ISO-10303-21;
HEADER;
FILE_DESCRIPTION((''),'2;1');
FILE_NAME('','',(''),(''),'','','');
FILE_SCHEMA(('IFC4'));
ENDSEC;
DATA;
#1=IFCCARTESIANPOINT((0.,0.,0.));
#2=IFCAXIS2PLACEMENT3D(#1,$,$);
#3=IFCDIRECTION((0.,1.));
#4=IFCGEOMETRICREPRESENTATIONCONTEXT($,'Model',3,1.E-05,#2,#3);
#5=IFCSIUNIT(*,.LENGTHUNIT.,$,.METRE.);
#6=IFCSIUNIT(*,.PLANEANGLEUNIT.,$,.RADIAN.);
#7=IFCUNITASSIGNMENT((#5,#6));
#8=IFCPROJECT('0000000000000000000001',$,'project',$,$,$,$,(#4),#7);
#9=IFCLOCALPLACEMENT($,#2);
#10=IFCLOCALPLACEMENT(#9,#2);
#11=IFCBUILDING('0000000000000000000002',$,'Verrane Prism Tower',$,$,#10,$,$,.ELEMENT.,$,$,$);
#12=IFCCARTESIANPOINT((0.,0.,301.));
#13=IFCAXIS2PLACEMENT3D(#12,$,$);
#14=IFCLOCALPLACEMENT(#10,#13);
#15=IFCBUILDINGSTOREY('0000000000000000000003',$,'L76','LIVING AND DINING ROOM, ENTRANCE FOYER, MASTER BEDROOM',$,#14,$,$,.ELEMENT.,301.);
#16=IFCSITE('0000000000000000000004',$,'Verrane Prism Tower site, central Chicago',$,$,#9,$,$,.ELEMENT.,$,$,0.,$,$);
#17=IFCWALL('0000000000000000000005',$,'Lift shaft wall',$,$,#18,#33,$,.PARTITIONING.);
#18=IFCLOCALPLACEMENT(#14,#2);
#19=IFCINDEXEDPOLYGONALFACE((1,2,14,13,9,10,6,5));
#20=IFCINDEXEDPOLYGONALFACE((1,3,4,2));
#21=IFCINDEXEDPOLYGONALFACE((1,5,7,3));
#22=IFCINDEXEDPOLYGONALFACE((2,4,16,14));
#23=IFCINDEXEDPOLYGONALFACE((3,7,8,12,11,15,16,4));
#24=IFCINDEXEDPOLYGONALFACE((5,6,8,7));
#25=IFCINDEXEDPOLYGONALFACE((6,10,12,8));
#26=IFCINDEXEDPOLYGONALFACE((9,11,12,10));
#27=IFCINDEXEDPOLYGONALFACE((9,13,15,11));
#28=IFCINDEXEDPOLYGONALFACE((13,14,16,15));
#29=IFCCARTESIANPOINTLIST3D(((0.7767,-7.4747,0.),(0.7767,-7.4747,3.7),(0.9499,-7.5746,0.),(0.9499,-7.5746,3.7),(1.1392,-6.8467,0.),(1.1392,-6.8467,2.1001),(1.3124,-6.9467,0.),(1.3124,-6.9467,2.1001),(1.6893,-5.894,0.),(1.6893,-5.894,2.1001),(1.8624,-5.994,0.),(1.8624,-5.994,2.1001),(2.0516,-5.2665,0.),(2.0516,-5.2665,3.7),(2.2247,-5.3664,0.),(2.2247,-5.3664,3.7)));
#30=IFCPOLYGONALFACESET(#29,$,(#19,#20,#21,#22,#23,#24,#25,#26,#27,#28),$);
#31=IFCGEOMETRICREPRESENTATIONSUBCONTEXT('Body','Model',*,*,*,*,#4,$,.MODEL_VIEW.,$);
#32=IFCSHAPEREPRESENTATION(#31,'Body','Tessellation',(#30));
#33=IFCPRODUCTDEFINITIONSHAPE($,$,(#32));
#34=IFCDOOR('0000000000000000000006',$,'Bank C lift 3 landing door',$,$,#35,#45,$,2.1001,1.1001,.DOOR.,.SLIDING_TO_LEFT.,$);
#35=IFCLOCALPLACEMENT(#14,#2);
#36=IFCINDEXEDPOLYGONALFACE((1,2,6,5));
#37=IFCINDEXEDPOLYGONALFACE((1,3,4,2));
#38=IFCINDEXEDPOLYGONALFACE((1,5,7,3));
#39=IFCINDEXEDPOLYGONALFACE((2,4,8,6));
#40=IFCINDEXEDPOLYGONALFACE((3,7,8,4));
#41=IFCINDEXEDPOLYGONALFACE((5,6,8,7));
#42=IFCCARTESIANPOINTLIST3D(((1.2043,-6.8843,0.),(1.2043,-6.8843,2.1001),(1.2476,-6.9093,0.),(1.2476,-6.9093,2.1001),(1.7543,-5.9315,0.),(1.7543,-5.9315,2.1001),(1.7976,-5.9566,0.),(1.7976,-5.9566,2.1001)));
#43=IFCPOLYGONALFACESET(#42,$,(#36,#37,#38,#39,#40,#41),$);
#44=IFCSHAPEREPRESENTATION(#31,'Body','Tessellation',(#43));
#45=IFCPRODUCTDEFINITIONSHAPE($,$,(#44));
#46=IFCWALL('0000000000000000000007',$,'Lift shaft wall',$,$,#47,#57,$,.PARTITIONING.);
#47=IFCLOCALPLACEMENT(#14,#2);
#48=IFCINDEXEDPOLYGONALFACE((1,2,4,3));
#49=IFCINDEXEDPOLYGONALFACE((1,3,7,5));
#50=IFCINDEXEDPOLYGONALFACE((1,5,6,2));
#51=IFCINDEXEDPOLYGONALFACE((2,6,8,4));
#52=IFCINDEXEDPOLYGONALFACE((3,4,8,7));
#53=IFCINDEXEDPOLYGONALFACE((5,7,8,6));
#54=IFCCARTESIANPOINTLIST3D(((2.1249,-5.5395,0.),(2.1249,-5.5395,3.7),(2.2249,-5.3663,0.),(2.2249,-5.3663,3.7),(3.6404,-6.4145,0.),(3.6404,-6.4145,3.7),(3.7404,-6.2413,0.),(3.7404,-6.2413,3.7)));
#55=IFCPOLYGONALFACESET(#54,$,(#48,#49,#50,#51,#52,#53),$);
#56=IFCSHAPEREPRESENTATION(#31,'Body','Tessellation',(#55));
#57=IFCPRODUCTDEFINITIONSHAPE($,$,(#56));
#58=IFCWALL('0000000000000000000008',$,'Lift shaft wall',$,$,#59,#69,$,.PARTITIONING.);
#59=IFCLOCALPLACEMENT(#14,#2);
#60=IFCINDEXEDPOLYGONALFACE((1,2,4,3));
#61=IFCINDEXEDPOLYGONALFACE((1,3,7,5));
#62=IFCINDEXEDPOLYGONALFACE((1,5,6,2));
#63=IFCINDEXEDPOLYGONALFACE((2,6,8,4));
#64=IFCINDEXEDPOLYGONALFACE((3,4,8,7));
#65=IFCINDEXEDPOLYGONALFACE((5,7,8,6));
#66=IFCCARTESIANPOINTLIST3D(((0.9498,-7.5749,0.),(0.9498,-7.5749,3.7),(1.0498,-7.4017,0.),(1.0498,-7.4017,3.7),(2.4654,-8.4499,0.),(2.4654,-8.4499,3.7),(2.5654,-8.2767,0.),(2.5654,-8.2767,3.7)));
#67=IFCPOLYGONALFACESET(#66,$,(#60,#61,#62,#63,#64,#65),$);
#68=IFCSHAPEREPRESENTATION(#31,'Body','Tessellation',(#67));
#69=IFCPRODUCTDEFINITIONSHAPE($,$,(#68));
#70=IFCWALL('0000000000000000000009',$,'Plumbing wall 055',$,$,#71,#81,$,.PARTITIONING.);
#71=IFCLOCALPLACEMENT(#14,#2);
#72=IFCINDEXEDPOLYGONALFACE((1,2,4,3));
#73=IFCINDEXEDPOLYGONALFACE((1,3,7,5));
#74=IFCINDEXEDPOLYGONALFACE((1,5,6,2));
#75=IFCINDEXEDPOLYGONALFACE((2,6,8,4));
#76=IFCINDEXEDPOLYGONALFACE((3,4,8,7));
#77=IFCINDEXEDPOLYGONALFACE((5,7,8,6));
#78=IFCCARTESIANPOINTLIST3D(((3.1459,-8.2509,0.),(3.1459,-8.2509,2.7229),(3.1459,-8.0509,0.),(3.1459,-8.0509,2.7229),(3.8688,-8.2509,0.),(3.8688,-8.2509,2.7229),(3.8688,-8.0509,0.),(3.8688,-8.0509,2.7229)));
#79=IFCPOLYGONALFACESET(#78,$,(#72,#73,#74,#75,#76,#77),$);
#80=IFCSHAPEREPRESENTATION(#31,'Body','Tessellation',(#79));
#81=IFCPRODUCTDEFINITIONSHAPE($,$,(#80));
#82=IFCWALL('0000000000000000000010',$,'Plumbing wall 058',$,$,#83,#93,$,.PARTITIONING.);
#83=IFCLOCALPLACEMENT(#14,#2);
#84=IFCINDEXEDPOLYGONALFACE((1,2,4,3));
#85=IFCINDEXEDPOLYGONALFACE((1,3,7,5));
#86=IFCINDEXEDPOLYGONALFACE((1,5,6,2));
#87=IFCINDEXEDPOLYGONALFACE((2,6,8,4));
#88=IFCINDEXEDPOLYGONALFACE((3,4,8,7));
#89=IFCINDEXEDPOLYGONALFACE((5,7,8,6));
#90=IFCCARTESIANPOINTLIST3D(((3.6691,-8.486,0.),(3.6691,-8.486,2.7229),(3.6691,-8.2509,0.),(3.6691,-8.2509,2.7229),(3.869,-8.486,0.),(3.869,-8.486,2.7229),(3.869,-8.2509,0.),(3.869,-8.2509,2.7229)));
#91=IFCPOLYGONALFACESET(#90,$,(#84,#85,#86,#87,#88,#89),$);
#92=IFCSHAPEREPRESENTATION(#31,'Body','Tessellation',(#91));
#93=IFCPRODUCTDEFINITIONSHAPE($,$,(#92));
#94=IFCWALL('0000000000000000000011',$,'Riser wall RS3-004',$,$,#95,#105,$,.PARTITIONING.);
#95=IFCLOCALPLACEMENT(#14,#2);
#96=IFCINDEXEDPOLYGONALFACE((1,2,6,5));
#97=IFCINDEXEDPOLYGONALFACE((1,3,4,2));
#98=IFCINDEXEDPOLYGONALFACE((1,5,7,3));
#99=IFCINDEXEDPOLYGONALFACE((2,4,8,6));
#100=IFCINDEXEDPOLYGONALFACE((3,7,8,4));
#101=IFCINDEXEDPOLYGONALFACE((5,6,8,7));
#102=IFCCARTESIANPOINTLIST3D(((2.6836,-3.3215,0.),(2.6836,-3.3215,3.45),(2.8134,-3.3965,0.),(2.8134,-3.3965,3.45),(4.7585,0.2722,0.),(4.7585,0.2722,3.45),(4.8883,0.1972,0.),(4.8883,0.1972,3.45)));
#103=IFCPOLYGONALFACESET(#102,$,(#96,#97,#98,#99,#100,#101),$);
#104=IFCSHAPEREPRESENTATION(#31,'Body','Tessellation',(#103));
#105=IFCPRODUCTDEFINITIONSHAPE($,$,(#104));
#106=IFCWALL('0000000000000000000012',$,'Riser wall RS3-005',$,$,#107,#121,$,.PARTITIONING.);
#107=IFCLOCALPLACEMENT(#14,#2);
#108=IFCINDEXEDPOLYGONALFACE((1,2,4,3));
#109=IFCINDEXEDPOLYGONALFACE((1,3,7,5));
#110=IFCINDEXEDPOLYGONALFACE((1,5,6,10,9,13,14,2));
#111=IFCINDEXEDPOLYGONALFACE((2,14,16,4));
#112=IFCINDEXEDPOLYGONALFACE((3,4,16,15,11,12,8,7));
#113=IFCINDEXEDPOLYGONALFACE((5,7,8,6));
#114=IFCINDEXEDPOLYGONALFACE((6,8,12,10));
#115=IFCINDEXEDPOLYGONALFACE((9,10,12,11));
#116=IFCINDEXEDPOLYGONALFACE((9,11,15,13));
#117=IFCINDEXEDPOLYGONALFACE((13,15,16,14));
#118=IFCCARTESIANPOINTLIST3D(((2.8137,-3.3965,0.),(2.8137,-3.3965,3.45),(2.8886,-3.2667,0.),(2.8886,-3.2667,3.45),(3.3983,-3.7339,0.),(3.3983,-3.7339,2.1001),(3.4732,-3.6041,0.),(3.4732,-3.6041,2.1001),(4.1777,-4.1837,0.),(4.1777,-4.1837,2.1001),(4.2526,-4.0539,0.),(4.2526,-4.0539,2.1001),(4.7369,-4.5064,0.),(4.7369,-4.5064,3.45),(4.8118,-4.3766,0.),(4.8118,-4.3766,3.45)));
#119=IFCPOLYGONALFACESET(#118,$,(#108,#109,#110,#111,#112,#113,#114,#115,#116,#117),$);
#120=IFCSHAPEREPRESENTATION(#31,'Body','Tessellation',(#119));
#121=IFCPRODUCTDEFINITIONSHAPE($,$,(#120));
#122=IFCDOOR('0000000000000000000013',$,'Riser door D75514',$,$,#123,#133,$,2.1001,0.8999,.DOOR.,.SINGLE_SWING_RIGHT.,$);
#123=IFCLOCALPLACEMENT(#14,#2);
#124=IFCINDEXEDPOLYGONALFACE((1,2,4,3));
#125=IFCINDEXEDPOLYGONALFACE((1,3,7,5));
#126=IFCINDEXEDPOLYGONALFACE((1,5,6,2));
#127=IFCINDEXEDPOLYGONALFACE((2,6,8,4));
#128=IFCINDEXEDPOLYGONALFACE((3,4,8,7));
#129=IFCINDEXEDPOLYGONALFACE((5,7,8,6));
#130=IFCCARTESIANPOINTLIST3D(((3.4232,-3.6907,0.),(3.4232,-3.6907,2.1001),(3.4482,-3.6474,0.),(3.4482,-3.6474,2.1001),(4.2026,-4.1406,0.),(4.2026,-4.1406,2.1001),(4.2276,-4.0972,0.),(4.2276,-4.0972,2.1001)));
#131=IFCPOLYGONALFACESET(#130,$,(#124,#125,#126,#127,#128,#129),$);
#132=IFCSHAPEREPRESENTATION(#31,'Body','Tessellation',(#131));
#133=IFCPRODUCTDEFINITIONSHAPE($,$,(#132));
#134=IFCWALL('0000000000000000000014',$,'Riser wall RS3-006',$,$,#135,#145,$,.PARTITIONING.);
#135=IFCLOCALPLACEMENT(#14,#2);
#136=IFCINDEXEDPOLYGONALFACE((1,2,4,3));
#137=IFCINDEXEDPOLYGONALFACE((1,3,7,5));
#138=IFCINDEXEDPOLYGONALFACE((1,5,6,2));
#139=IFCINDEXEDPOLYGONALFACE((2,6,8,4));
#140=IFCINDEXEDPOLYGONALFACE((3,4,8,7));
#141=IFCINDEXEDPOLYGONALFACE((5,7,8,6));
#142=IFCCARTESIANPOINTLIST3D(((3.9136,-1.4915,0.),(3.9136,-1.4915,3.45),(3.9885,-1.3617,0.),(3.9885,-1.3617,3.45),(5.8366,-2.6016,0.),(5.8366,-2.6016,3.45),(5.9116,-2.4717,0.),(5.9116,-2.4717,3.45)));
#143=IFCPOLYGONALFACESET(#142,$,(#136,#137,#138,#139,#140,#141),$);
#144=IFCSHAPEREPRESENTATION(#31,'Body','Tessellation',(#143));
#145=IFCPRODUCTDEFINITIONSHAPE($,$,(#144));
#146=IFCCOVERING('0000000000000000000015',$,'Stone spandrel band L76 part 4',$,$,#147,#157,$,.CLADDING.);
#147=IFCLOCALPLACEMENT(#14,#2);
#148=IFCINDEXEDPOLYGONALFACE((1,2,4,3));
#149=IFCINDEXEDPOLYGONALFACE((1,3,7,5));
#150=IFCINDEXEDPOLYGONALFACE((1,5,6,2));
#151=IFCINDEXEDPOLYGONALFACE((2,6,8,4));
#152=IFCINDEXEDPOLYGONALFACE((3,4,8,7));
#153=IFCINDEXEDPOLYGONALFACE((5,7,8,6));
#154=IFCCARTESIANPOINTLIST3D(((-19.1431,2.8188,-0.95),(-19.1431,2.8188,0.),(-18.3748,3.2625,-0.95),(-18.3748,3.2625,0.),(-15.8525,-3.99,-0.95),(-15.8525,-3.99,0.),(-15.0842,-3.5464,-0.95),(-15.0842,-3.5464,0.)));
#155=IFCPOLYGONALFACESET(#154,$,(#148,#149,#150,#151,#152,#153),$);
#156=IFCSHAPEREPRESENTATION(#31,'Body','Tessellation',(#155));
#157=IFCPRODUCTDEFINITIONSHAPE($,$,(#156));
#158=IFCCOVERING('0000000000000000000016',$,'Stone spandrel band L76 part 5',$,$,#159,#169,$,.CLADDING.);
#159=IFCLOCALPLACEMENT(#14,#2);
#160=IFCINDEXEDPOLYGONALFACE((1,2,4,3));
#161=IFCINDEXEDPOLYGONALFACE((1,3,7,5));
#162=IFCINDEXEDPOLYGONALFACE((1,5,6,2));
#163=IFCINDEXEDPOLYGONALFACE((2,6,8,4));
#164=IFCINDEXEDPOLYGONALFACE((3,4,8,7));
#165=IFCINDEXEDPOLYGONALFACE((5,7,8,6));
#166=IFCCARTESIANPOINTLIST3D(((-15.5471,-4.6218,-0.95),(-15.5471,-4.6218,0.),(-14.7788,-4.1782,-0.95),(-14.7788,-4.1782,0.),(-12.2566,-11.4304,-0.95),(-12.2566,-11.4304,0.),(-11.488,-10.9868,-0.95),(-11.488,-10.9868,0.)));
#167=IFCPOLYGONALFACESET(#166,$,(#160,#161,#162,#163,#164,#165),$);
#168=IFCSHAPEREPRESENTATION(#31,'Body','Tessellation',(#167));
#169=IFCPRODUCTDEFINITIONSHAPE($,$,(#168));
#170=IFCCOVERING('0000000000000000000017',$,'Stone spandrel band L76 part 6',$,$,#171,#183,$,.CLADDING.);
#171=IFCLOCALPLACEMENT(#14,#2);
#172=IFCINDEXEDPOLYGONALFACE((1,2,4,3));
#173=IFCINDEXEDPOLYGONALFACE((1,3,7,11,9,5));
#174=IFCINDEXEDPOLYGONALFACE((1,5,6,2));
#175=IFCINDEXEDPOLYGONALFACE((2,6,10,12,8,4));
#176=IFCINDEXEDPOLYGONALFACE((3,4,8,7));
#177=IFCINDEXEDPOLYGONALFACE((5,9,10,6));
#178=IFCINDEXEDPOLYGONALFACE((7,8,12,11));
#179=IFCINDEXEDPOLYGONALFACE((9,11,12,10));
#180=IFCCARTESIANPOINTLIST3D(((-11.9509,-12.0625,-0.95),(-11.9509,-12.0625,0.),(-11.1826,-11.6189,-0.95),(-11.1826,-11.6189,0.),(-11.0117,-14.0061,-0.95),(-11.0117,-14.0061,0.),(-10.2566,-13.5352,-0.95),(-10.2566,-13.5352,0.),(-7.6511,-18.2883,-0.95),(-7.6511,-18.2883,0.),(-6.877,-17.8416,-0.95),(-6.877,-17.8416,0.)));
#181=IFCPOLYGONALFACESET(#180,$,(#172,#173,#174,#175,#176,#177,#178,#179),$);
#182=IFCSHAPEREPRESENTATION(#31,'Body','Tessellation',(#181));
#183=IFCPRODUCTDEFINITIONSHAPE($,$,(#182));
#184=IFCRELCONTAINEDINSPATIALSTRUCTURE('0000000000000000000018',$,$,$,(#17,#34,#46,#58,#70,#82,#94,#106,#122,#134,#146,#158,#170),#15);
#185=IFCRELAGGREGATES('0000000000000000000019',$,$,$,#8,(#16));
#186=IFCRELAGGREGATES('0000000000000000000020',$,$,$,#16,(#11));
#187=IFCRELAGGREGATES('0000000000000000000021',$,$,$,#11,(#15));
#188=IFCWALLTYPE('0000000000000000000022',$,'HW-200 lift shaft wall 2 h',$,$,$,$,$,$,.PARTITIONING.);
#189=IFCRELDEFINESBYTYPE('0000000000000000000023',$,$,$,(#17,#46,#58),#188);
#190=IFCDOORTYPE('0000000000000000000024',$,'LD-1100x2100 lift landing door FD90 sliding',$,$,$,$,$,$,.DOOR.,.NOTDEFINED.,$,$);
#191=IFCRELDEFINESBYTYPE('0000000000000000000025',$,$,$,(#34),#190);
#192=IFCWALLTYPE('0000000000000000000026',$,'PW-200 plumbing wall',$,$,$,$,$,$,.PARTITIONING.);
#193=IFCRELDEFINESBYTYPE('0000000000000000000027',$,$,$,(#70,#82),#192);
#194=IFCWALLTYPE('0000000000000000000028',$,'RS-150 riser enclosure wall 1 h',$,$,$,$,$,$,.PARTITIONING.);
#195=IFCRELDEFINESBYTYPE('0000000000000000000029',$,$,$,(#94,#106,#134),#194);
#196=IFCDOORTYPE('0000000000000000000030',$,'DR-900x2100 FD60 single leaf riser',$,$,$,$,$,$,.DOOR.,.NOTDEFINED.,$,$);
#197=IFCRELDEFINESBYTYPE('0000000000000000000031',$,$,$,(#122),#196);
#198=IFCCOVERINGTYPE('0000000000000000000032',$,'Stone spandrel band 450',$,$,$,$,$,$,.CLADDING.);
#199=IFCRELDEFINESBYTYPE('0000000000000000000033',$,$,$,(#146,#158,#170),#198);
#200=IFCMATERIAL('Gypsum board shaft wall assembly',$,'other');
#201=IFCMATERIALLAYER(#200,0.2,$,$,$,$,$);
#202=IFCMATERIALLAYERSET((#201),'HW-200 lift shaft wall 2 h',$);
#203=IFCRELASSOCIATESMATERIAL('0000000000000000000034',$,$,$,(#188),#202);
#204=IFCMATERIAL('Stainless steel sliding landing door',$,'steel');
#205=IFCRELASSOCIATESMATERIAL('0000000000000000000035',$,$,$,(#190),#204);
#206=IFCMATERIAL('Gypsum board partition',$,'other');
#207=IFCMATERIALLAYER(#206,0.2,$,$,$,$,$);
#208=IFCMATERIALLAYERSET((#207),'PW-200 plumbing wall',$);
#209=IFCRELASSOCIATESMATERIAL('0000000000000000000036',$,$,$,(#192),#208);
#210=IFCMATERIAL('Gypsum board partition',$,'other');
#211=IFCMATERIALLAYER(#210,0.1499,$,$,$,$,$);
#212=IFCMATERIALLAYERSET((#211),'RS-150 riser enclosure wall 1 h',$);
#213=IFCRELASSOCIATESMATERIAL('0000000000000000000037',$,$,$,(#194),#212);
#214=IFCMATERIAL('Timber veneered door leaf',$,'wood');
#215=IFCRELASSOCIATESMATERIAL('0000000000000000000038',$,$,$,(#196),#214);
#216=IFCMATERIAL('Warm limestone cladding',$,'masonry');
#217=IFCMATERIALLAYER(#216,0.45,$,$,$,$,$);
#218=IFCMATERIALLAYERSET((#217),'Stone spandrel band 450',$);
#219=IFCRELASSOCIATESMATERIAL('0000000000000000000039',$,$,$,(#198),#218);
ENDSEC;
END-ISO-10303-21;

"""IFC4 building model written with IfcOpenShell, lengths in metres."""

from ifc_helpers import new_model, si_unit, direction, frame, frame_2d, origin, place, context, subcontext, project, spatial, polyline, rectangle, outline, extrude, material, layer, layer_set, type_object, element, fill, save


model = new_model("IFC4")

# Units and contexts
model_context = context("Model", 3, precision=1e-05, world=origin(), true_north=direction((0.0, 1.0)))
body_context = subcontext(model_context, "Body", "Model", "MODEL_VIEW")
ifc_project = project(units=[si_unit("LENGTHUNIT", "METRE"), si_unit("PLANEANGLEUNIT", "RADIAN")], contexts=[model_context])

# Site, building, storey
site_placement = place(None, origin())
site = spatial("IfcSite", under=ifc_project, at=site_placement, Name="Verrane Prism Tower site, central Chicago", CompositionType="ELEMENT", RefElevation=0.0)
building_placement = place(site_placement, origin())
building = spatial("IfcBuilding", under=site, at=building_placement, Name="Verrane Prism Tower", CompositionType="ELEMENT")
storey_placement = place(building_placement, frame((0.0, 0.0, 301.0)))
storey = spatial("IfcBuildingStorey", under=building, at=storey_placement, Name="L76", Description="LIVING AND DINING ROOM, ENTRANCE FOYER, MASTER BEDROOM", CompositionType="ELEMENT", Elevation=301.0)

# Shared definitions
ifc_material_1 = material(Name="Gypsum board shaft wall assembly", Category="other")
ifc_layer_1 = layer(ifc_material_1, 0.2)
ifc_layer_set_1 = layer_set([ifc_layer_1], Name="HW-200 lift shaft wall 2 h")
wall_type_1 = type_object("IfcWallType", Name="HW-200 lift shaft wall 2 h", PredefinedType="PARTITIONING", material=ifc_layer_set_1)

# Wall, opening, door
wall_1_placement = place(storey_placement, frame((0.8633, -7.5247, 0.0), z_axis=(0.0, 0.0, 1.0), x_axis=(0.49999, 0.866031, 0.0)))
wall_1 = element("IfcWall", 1, at=wall_1_placement, inside=storey, type_object=wall_type_1, Name="Lift shaft wall", PredefinedType="PARTITIONING", context=body_context, shape_type="SweptSolid", body=[
    extrude(rectangle(XDim=2.5498, YDim=0.2, at=frame_2d((1.2749, 0.0))), origin(), (0.0, 0.0, 1.0), 3.7),
])
opening_1_placement = place(wall_1_placement, frame((0.7251, 0.0, 0.0)))
opening_1 = element("IfcOpeningElement", 2, at=opening_1_placement, cuts=wall_1, PredefinedType="OPENING", context=body_context, shape_type="SweptSolid", body=[
    extrude(rectangle(XDim=1.1001, YDim=2.1001, at=frame_2d((0.55, 1.05))), frame((0.0, 0.1099, 0.0), z_axis=(0.0, -1.0, 0.0), x_axis=(1.0, 0.0, 0.0)), (0.0, 0.0, 1.0), 0.22),
])
ifc_material_2 = material(Name="Stainless steel sliding landing door", Category="steel")
door_type_1 = type_object("IfcDoorType", Name="LD-1100x2100 lift landing door FD90 sliding", OperationType="NOTDEFINED", PredefinedType="DOOR", material=ifc_material_2)
door_1_placement = place(opening_1_placement, origin())
door_1 = element("IfcDoor", 3, at=door_1_placement, inside=storey, type_object=door_type_1, Name="Bank C lift 3 landing door", OperationType="SLIDING_TO_LEFT", OverallHeight=2.1001, OverallWidth=1.1001, PredefinedType="DOOR", context=body_context, shape_type="SweptSolid", body=[
    extrude(rectangle(XDim=1.1001, YDim=2.1001, at=frame_2d((0.55, 1.05))), frame((0.0, 0.0249, 0.0), z_axis=(0.0, -1.0, 0.0), x_axis=(1.0, 0.0, 0.0)), (0.0, 0.0, 1.0), 0.05),
])
fill(opening_1, door_1)

# Walls
for number, where, z_axis, x_axis, name in (
    (4, (3.6904, -6.3279, 0.0), (0.0, 0.0, 1.0), (-0.866037, 0.49998, 0.0), "Lift shaft wall"),
    (5, (2.5154, -8.3633, 0.0), (0.0, 0.0, 1.0), (-0.866037, 0.49998, 0.0), "Lift shaft wall"),
):
    element("IfcWall", number, at=place(storey_placement, frame(where, z_axis=z_axis, x_axis=x_axis)), inside=storey, type_object=wall_type_1, Name=name, PredefinedType="PARTITIONING", context=body_context, shape_type="SweptSolid", body=[
        extrude(rectangle(XDim=1.75, YDim=0.2, at=frame_2d((0.875, 0.0))), origin(), (0.0, 0.0, 1.0), 3.7),
    ])
ifc_material_3 = material(Name="Gypsum board partition", Category="other")
ifc_layer_2 = layer(ifc_material_3, 0.2)
ifc_layer_set_2 = layer_set([ifc_layer_2], Name="PW-200 plumbing wall")
wall_type_2 = type_object("IfcWallType", Name="PW-200 plumbing wall", PredefinedType="PARTITIONING", material=ifc_layer_set_2)
wall_2_placement = place(storey_placement, frame((3.146, -8.1509, 0.0), z_axis=(0.0, 0.0, 1.0), x_axis=(1.0, 0.0, 0.0)))
element("IfcWall", 6, at=wall_2_placement, inside=storey, type_object=wall_type_2, Name="Plumbing wall 055", PredefinedType="PARTITIONING", context=body_context, shape_type="SweptSolid", body=[
    extrude(rectangle(XDim=0.7229, YDim=0.2, at=frame_2d((0.3613, 0.0))), origin(), (0.0, 0.0, 1.0), 2.7229),
])
wall_3_placement = place(storey_placement, frame((3.769, -8.4861, 0.0), z_axis=(0.0, 0.0, 1.0), x_axis=(0.0, 1.0, 0.0)))
element("IfcWall", 7, at=wall_3_placement, inside=storey, type_object=wall_type_2, Name="Plumbing wall 058", PredefinedType="PARTITIONING", context=body_context, shape_type="SweptSolid", body=[
    extrude(rectangle(XDim=0.2351, YDim=0.2, at=frame_2d((0.1177, 0.0))), origin(), (0.0, 0.0, 1.0), 2.7229),
])
ifc_material_4 = material(Name="Gypsum board partition", Category="other")
ifc_layer_3 = layer(ifc_material_4, 0.1499)
ifc_layer_set_3 = layer_set([ifc_layer_3], Name="RS-150 riser enclosure wall 1 h")
wall_type_3 = type_object("IfcWallType", Name="RS-150 riser enclosure wall 1 h", PredefinedType="PARTITIONING", material=ifc_layer_set_3)
wall_4_placement = place(storey_placement, frame((2.7485, -3.3589, 0.0), z_axis=(0.0, 0.0, 1.0), x_axis=(0.500018, 0.866015, 0.0)))
element("IfcWall", 8, at=wall_4_placement, inside=storey, type_object=wall_type_3, Name="Riser wall RS3-004", PredefinedType="PARTITIONING", context=body_context, shape_type="SweptSolid", body=[
    extrude(rectangle(XDim=4.1497, YDim=0.1499, at=frame_2d((2.0747, 0.0))), origin(), (0.0, 0.0, 1.0), 3.45),
])

# Wall, opening, door
wall_5_placement = place(storey_placement, frame((2.8511, -3.3315, 0.0), z_axis=(0.0, 0.0, 1.0), x_axis=(0.866111, -0.499853, 0.0)))
wall_5 = element("IfcWall", 9, at=wall_5_placement, inside=storey, type_object=wall_type_3, Name="Riser wall RS3-005", PredefinedType="PARTITIONING", context=body_context, shape_type="SweptSolid", body=[
    extrude(rectangle(XDim=2.2205, YDim=0.1499, at=frame_2d((1.1104, 0.0))), origin(), (0.0, 0.0, 1.0), 3.45),
])
opening_2_placement = place(wall_5_placement, frame((0.675, 0.0, 0.0)))
opening_2 = element("IfcOpeningElement", 10, at=opening_2_placement, cuts=wall_5, PredefinedType="OPENING", context=body_context, shape_type="SweptSolid", body=[
    extrude(rectangle(XDim=0.8999, YDim=2.1001, at=frame_2d((0.45, 1.05))), frame((0.0, 0.085, 0.0), z_axis=(0.0, -1.0, 0.0), x_axis=(1.0, 0.0, 0.0)), (0.0, 0.0, 1.0), 0.1699),
])
ifc_material_5 = material(Name="Timber veneered door leaf", Category="wood")
door_type_2 = type_object("IfcDoorType", Name="DR-900x2100 FD60 single leaf riser", OperationType="NOTDEFINED", PredefinedType="DOOR", material=ifc_material_5)
door_2_placement = place(opening_2_placement, origin())
door_2 = element("IfcDoor", 11, at=door_2_placement, inside=storey, type_object=door_type_2, Name="Riser door D75514", OperationType="SINGLE_SWING_RIGHT", OverallHeight=2.1001, OverallWidth=0.8999, PredefinedType="DOOR", context=body_context, shape_type="SweptSolid", body=[
    extrude(rectangle(XDim=0.8999, YDim=2.1001, at=frame_2d((0.45, 1.05))), frame((0.0, 0.0249, 0.0), z_axis=(0.0, -1.0, 0.0), x_axis=(1.0, 0.0, 0.0)), (0.0, 0.0, 1.0), 0.05),
])
fill(opening_2, door_2)

# Wall
wall_6_placement = place(storey_placement, frame((3.9509, -1.4265, 0.0), z_axis=(0.0, 0.0, 1.0), x_axis=(0.866063, -0.499935, 0.0)))
element("IfcWall", 12, at=wall_6_placement, inside=storey, type_object=wall_type_3, Name="Riser wall RS3-006", PredefinedType="PARTITIONING", context=body_context, shape_type="SweptSolid", body=[
    extrude(rectangle(XDim=2.2205, YDim=0.1499, at=frame_2d((1.1104, 0.0))), origin(), (0.0, 0.0, 1.0), 3.45),
])

# Coverings
ifc_material_6 = material(Name="Warm limestone cladding", Category="masonry")
ifc_layer_4 = layer(ifc_material_6, 0.45)
ifc_layer_set_4 = layer_set([ifc_layer_4], Name="Stone spandrel band 450")
covering_type = type_object("IfcCoveringType", Name="Stone spandrel band 450", PredefinedType="CLADDING", material=ifc_layer_set_4)
covering_1_placement = place(storey_placement, frame((0.0, 0.0, -0.95)))
element("IfcCovering", 13, at=covering_1_placement, inside=storey, type_object=covering_type, Name="Stone spandrel band L76 part 4", PredefinedType="CLADDING", context=body_context, shape_type="SweptSolid", body=[
    extrude(outline(polyline([(-15.8525, -3.99), (-15.0842, -3.5464), (-18.3748, 3.2625), (-19.1431, 2.8188), (-15.8525, -3.99)])), origin(), (0.0, 0.0, 1.0), 0.95),
])
covering_2_placement = place(storey_placement, frame((0.0, 0.0, -0.95)))
element("IfcCovering", 14, at=covering_2_placement, inside=storey, type_object=covering_type, Name="Stone spandrel band L76 part 5", PredefinedType="CLADDING", context=body_context, shape_type="SweptSolid", body=[
    extrude(outline(polyline([(-11.488, -10.9868), (-14.7788, -4.1782), (-15.5471, -4.6218), (-12.2566, -11.4304), (-11.488, -10.9868)])), origin(), (0.0, 0.0, 1.0), 0.95),
])
covering_3_placement = place(storey_placement, frame((0.0, 0.0, -0.95)))
element("IfcCovering", 15, at=covering_3_placement, inside=storey, type_object=covering_type, Name="Stone spandrel band L76 part 6", PredefinedType="CLADDING", context=body_context, shape_type="SweptSolid", body=[
    extrude(outline(polyline([(-6.877, -17.8416), (-10.2566, -13.5352), (-11.1826, -11.6189), (-11.9509, -12.0625), (-11.0117, -14.0061), (-7.6511, -18.2883), (-6.877, -17.8416)])), origin(), (0.0, 0.0, 1.0), 0.95),
])

save(model, "model.ifc")
